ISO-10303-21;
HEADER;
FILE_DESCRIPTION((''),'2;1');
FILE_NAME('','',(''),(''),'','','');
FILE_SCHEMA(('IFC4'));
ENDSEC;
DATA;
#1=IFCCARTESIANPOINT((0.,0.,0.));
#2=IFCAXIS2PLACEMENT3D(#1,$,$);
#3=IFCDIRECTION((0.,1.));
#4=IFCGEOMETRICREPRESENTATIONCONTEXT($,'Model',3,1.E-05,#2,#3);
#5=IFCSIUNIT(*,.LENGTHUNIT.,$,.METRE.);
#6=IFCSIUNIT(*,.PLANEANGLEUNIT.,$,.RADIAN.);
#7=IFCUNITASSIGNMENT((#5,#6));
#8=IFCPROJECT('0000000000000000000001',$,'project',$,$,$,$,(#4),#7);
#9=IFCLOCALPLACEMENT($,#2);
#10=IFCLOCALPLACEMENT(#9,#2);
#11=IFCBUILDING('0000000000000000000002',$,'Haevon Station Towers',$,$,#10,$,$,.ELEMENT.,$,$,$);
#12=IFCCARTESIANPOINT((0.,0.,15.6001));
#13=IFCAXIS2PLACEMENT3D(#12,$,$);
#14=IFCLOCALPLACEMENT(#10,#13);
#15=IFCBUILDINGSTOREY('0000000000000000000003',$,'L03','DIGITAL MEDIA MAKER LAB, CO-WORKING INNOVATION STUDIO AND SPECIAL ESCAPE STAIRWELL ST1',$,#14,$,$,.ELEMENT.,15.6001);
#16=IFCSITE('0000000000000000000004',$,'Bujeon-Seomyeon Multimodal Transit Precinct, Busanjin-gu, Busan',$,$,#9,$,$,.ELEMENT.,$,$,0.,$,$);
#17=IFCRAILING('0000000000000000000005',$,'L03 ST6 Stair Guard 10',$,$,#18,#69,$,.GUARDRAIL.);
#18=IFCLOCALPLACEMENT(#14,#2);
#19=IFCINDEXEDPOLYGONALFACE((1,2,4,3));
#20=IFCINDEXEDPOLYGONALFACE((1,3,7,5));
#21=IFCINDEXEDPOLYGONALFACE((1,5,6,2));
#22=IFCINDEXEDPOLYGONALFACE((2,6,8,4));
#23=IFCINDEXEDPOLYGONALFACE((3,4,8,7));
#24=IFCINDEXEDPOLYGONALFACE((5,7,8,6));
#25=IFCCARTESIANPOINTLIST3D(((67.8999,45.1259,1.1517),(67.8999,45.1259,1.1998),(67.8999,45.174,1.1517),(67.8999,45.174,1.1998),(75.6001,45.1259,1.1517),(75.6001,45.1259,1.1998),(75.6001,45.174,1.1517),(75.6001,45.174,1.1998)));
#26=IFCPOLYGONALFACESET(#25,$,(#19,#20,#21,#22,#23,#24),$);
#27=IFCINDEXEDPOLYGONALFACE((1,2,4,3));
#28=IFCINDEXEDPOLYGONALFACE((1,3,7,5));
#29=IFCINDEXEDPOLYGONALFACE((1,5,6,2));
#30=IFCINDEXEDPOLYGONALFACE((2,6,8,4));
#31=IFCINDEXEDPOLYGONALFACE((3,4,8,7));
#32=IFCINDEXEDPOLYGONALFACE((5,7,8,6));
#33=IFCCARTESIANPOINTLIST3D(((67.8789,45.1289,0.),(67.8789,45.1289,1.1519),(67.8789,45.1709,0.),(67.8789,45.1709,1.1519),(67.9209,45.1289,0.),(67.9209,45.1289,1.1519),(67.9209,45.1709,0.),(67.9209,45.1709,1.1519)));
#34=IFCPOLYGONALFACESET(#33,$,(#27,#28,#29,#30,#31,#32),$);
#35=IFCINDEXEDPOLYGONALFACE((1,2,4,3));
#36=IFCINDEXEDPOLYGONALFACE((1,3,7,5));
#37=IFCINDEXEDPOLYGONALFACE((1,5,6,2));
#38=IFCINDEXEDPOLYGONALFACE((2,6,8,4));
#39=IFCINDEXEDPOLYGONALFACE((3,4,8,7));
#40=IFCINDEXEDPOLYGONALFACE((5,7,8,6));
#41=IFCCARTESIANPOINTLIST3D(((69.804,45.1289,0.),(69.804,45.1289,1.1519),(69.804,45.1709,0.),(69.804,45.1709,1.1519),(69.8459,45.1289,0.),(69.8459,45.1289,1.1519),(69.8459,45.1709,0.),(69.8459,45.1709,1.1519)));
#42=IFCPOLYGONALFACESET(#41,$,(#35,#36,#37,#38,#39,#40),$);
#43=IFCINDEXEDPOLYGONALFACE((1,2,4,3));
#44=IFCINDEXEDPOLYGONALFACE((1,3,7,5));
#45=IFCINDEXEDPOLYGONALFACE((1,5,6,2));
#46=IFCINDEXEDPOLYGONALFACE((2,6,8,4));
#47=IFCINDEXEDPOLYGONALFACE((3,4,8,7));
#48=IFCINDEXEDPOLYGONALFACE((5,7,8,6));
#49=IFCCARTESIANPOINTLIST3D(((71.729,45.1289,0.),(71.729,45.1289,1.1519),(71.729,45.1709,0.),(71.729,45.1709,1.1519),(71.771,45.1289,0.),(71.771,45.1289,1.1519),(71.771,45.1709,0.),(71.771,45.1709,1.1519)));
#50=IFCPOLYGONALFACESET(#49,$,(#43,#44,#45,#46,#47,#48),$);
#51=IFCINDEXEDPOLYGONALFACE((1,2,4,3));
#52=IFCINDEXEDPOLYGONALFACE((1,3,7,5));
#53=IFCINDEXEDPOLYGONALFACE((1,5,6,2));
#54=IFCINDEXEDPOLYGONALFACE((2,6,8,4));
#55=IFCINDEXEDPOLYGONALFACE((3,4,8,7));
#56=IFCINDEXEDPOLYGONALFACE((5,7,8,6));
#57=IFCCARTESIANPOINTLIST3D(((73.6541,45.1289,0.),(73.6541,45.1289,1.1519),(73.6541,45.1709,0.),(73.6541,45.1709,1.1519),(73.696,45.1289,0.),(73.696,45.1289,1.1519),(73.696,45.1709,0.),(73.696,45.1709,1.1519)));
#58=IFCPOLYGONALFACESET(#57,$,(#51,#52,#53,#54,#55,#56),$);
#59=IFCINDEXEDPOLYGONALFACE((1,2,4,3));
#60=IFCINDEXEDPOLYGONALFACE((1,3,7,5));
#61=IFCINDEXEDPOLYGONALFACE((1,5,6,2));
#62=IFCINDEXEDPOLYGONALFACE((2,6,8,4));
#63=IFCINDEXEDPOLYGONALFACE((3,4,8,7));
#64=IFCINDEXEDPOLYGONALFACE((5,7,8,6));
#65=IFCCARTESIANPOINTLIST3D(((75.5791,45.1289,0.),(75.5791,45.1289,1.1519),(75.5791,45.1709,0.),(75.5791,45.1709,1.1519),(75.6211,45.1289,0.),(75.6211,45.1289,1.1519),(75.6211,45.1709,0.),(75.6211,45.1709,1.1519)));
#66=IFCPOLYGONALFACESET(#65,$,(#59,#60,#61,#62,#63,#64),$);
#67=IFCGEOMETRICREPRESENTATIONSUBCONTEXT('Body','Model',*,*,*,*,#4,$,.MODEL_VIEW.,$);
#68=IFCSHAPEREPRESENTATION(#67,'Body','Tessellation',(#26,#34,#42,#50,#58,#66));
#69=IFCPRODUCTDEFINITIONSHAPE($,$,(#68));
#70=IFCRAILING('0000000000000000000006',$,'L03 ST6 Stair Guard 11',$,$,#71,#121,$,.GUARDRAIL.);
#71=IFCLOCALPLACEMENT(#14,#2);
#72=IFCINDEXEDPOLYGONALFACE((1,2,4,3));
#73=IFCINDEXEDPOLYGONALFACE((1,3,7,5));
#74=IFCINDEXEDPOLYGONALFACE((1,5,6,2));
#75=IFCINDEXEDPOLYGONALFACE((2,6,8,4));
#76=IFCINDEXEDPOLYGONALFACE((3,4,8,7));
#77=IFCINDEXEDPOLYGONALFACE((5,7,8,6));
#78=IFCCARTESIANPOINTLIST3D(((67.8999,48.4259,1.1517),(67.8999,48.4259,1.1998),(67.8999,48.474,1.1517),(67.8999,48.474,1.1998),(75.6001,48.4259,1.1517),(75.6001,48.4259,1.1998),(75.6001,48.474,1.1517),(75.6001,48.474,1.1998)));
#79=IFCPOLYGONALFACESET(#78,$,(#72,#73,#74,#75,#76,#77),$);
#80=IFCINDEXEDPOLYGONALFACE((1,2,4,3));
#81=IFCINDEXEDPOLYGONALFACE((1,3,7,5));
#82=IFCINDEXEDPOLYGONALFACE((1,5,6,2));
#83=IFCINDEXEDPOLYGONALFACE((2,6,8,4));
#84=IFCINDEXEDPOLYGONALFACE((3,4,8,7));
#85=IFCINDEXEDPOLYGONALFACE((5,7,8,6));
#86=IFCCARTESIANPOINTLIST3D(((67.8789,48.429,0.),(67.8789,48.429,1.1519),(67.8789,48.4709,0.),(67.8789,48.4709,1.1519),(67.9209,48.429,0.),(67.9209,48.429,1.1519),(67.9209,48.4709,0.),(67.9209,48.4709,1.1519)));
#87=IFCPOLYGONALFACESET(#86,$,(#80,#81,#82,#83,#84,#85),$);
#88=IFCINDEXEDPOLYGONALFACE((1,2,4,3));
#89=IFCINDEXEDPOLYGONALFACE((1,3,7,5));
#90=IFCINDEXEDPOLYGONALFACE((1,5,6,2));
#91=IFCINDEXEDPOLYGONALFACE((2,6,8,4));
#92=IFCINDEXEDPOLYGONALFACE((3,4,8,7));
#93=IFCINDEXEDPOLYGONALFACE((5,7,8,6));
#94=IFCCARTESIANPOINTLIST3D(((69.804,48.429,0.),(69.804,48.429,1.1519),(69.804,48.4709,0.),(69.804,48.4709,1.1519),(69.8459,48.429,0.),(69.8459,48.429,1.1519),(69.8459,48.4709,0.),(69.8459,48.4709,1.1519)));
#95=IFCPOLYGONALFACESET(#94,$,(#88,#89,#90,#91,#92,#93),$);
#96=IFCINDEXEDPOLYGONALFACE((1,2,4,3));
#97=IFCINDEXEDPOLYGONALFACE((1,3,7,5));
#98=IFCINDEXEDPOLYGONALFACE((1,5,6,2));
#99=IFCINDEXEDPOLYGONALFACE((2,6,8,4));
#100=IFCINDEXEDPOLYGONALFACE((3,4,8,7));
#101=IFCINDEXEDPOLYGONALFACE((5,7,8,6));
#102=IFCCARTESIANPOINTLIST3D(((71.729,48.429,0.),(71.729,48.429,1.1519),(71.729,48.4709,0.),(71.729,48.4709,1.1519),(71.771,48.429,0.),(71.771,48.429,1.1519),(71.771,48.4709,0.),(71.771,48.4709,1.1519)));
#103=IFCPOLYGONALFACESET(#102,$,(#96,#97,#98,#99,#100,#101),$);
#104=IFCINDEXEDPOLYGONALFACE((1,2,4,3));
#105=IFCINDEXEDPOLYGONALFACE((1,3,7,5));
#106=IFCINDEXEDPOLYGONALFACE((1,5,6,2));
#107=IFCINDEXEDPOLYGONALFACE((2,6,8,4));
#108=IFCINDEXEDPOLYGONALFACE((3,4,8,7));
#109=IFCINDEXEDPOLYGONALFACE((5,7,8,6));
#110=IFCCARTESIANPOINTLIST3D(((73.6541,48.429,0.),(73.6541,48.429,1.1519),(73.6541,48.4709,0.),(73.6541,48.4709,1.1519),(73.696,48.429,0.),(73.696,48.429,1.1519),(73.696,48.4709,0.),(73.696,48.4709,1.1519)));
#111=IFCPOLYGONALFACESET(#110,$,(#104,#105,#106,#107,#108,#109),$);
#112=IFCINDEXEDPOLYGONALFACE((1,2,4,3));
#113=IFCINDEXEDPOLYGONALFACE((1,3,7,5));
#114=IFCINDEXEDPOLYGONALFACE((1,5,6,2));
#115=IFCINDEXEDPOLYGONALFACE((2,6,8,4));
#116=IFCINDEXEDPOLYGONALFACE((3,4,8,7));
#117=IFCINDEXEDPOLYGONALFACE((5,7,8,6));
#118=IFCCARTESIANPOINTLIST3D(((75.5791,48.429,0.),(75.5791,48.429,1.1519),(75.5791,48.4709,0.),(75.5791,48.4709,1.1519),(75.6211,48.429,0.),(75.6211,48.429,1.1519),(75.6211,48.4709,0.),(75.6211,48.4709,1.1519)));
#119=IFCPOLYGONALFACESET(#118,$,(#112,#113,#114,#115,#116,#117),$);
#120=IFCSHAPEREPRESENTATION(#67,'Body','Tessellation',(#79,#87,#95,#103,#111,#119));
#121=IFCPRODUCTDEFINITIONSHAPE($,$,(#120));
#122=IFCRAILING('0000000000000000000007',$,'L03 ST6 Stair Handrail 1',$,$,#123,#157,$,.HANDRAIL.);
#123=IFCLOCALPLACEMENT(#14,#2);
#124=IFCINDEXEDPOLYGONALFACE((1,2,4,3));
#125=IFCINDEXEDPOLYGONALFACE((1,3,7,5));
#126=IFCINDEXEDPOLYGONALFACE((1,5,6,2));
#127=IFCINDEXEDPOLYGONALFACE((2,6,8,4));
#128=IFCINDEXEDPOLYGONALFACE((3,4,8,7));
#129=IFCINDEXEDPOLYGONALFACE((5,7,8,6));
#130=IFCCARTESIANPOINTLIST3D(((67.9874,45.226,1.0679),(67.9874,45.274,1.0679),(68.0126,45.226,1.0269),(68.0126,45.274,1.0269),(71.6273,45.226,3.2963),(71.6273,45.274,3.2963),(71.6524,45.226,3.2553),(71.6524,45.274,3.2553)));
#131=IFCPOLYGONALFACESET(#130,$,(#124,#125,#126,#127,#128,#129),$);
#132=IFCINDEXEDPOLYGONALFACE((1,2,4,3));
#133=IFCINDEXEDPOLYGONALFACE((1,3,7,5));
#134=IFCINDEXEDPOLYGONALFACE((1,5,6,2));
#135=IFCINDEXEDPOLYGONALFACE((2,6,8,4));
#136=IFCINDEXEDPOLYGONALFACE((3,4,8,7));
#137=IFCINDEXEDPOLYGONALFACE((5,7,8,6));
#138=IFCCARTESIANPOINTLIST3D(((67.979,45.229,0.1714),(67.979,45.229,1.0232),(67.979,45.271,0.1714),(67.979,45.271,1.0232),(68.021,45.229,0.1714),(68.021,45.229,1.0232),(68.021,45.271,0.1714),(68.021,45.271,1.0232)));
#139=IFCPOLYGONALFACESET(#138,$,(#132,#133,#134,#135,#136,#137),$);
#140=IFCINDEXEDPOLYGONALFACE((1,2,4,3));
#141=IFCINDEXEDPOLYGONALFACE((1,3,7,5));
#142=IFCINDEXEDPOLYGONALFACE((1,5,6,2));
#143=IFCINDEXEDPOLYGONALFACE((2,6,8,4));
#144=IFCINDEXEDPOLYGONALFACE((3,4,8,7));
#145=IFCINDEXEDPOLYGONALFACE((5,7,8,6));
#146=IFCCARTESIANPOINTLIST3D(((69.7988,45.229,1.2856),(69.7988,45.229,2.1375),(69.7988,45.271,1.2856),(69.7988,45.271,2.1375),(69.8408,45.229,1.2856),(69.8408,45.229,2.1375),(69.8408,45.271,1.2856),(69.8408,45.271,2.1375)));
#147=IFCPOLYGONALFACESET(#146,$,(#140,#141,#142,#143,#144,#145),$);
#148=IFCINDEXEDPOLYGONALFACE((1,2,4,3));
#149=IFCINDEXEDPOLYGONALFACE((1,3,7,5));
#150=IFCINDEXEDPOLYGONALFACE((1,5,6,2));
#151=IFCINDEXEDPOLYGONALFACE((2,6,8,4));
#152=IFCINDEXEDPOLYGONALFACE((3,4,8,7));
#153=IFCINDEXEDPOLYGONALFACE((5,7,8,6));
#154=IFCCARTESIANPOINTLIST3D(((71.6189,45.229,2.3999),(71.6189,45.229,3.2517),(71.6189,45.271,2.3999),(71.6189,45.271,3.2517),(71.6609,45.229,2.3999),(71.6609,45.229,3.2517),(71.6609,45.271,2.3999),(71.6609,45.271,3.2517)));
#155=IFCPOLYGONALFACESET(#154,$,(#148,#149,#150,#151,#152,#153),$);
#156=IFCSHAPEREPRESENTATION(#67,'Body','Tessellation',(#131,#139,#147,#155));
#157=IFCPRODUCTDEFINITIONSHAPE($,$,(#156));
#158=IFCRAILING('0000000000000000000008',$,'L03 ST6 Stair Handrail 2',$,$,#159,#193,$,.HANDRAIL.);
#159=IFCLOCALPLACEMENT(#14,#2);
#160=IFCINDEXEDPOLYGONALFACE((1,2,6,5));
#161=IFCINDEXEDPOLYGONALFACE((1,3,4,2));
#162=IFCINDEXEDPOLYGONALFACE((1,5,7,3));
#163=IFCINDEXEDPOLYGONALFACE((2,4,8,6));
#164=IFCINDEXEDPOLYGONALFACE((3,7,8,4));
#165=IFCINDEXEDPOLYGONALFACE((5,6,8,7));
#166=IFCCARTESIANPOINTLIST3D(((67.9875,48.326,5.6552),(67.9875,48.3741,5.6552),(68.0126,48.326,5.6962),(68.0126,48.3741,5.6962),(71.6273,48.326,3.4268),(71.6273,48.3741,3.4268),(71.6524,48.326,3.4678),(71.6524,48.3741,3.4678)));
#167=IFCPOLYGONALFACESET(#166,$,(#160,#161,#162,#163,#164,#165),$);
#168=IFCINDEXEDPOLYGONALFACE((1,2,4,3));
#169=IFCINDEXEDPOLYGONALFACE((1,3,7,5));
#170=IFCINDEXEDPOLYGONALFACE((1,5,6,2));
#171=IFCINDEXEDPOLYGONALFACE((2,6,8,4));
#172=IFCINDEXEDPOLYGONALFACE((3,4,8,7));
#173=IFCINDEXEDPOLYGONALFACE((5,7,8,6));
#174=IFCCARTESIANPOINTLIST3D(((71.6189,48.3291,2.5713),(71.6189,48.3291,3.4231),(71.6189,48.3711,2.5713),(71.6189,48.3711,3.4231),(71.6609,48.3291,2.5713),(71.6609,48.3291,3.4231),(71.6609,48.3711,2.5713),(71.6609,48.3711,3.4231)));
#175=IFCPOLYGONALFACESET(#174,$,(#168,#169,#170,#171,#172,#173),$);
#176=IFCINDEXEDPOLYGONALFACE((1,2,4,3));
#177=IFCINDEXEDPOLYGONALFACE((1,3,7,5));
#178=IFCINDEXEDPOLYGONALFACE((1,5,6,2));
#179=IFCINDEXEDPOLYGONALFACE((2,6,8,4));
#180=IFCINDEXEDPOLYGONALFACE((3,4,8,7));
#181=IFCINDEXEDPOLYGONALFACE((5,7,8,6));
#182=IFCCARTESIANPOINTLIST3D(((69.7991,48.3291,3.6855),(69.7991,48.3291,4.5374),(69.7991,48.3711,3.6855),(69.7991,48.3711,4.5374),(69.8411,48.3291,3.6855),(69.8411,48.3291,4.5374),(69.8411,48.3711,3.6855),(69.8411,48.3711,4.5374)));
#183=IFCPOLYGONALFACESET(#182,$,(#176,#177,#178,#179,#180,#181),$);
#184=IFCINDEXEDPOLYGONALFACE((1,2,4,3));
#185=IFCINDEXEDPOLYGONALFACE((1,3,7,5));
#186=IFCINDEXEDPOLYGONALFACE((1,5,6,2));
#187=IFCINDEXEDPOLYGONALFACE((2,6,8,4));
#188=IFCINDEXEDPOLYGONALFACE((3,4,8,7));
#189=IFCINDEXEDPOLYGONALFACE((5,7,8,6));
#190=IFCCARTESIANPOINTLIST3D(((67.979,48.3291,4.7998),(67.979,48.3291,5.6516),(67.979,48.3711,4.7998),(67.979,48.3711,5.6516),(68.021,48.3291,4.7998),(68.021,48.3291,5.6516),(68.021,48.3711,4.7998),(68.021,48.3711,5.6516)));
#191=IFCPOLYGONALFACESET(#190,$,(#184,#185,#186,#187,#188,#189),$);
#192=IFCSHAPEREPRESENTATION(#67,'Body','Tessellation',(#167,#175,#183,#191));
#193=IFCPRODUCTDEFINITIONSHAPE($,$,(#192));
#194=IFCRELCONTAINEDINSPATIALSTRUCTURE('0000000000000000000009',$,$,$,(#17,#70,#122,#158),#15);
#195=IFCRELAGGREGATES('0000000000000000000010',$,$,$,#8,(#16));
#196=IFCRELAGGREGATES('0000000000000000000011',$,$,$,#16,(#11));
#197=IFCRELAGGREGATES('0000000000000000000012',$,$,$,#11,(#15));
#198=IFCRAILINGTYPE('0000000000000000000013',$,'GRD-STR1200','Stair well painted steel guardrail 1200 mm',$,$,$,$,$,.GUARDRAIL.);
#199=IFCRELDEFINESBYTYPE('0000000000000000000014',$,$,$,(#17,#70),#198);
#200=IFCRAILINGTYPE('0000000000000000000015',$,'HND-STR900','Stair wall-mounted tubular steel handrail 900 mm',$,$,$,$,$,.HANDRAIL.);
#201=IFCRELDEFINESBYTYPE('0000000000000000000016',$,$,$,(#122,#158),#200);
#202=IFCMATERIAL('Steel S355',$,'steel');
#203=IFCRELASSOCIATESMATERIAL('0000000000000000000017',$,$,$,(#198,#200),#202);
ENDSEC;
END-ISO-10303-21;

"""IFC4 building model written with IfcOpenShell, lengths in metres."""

from ifc_helpers import new_model, si_unit, direction, frame, origin, origin_2d, place, context, subcontext, project, spatial, rectangle, extrude, material, type_object, element, save


model = new_model("IFC4")

# Units and contexts
model_context = context("Model", 3, precision=1e-05, world=origin(), true_north=direction((0.0, 1.0)))
body_context = subcontext(model_context, "Body", "Model", "MODEL_VIEW")
ifc_project = project(units=[si_unit("LENGTHUNIT", "METRE"), si_unit("PLANEANGLEUNIT", "RADIAN")], contexts=[model_context])

# Site, building, storey
site_placement = place(None, origin())
site = spatial("IfcSite", under=ifc_project, at=site_placement, Name="Bujeon-Seomyeon Multimodal Transit Precinct, Busanjin-gu, Busan", CompositionType="ELEMENT", RefElevation=0.0)
building_placement = place(site_placement, origin())
building = spatial("IfcBuilding", under=site, at=building_placement, Name="Haevon Station Towers", CompositionType="ELEMENT")
storey_placement = place(building_placement, frame((0.0, 0.0, 15.6001)))
storey = spatial("IfcBuildingStorey", under=building, at=storey_placement, Name="L03", Description="DIGITAL MEDIA MAKER LAB, CO-WORKING INNOVATION STUDIO AND SPECIAL ESCAPE STAIRWELL ST1", CompositionType="ELEMENT", Elevation=15.6001)

# Shared definitions
ifc_material_1 = material(Name="Steel S355", Category="steel")

# Railings
railing_type_1 = type_object("IfcRailingType", Name="GRD-STR1200", Description="Stair well painted steel guardrail 1200 mm", PredefinedType="GUARDRAIL", material=ifc_material_1)
for number, where, name in (
    (1, (67.8999, 45.1499, 0.0), "L03 ST6 Stair Guard 10"),
    (2, (67.8999, 48.45, 0.0), "L03 ST6 Stair Guard 11"),
):
    element("IfcRailing", number, at=place(storey_placement, frame(where)), inside=storey, type_object=railing_type_1, Name=name, PredefinedType="GUARDRAIL", context=body_context, shape_type="SweptSolid", body=[
        extrude(rectangle(XDim=0.0481, YDim=0.0481, at=origin_2d()), frame((0.0, 0.0, 1.1758), z_axis=(1.0, 0.0, 0.0), x_axis=(0.0, 1.0, 0.0)), (0.0, 0.0, 1.0), 7.7002),
        extrude(rectangle(XDim=0.042, YDim=0.042, at=origin_2d()), origin(), (0.0, 0.0, 1.0), 1.1519),
        extrude(rectangle(XDim=0.042, YDim=0.042, at=origin_2d()), frame((1.925, 0.0, 0.0)), (0.0, 0.0, 1.0), 1.1519),
        extrude(rectangle(XDim=0.042, YDim=0.042, at=origin_2d()), frame((3.8501, 0.0, 0.0)), (0.0, 0.0, 1.0), 1.1519),
        extrude(rectangle(XDim=0.042, YDim=0.042, at=origin_2d()), frame((5.7751, 0.0, 0.0)), (0.0, 0.0, 1.0), 1.1519),
        extrude(rectangle(XDim=0.042, YDim=0.042, at=origin_2d()), frame((7.7002, 0.0, 0.0)), (0.0, 0.0, 1.0), 1.1519),
    ])
railing_type_2 = type_object("IfcRailingType", Name="HND-STR900", Description="Stair wall-mounted tubular steel handrail 900 mm", PredefinedType="HANDRAIL", material=ifc_material_1)
railing_1_placement = place(storey_placement, frame((68.0, 45.25, 0.1714)))
element("IfcRailing", 3, at=railing_1_placement, inside=storey, type_object=railing_type_2, Name="L03 ST6 Stair Handrail 1", PredefinedType="HANDRAIL", context=body_context, shape_type="SweptSolid", body=[
    extrude(rectangle(XDim=0.0481, YDim=0.0481, at=origin_2d()), frame((0.0, 0.0, 0.876), z_axis=(0.85285, 0.0, 0.522156), x_axis=(0.0, 1.0, 0.0)), (0.0, 0.0, 1.0), 4.2678),
    extrude(rectangle(XDim=0.042, YDim=0.042, at=origin_2d()), origin(), (0.0, 0.0, 1.0), 0.8518),
    extrude(rectangle(XDim=0.042, YDim=0.042, at=origin_2d()), frame((1.8198, 0.0, 1.1143)), (0.0, 0.0, 1.0), 0.8518),
    extrude(rectangle(XDim=0.042, YDim=0.042, at=origin_2d()), frame((3.6399, 0.0, 2.2285)), (0.0, 0.0, 1.0), 0.8518),
])
railing_2_placement = place(storey_placement, frame((71.6399, 48.3501, 2.5713)))
element("IfcRailing", 4, at=railing_2_placement, inside=storey, type_object=railing_type_2, Name="L03 ST6 Stair Handrail 2", PredefinedType="HANDRAIL", context=body_context, shape_type="SweptSolid", body=[
    extrude(rectangle(XDim=0.0481, YDim=0.0481, at=origin_2d()), frame((0.0, 0.0, 0.876), z_axis=(-0.85285, 0.0, 0.522156), x_axis=(0.0, -1.0, 0.0)), (0.0, 0.0, 1.0), 4.2678),
    extrude(rectangle(XDim=0.042, YDim=0.042, at=origin_2d()), origin(), (0.0, 0.0, 1.0), 0.8518),
    extrude(rectangle(XDim=0.042, YDim=0.042, at=origin_2d()), frame((-1.8198, 0.0, 1.1143)), (0.0, 0.0, 1.0), 0.8518),
    extrude(rectangle(XDim=0.042, YDim=0.042, at=origin_2d()), frame((-3.6399, 0.0, 2.2285)), (0.0, 0.0, 1.0), 0.8518),
])

save(model, "model.ifc")
